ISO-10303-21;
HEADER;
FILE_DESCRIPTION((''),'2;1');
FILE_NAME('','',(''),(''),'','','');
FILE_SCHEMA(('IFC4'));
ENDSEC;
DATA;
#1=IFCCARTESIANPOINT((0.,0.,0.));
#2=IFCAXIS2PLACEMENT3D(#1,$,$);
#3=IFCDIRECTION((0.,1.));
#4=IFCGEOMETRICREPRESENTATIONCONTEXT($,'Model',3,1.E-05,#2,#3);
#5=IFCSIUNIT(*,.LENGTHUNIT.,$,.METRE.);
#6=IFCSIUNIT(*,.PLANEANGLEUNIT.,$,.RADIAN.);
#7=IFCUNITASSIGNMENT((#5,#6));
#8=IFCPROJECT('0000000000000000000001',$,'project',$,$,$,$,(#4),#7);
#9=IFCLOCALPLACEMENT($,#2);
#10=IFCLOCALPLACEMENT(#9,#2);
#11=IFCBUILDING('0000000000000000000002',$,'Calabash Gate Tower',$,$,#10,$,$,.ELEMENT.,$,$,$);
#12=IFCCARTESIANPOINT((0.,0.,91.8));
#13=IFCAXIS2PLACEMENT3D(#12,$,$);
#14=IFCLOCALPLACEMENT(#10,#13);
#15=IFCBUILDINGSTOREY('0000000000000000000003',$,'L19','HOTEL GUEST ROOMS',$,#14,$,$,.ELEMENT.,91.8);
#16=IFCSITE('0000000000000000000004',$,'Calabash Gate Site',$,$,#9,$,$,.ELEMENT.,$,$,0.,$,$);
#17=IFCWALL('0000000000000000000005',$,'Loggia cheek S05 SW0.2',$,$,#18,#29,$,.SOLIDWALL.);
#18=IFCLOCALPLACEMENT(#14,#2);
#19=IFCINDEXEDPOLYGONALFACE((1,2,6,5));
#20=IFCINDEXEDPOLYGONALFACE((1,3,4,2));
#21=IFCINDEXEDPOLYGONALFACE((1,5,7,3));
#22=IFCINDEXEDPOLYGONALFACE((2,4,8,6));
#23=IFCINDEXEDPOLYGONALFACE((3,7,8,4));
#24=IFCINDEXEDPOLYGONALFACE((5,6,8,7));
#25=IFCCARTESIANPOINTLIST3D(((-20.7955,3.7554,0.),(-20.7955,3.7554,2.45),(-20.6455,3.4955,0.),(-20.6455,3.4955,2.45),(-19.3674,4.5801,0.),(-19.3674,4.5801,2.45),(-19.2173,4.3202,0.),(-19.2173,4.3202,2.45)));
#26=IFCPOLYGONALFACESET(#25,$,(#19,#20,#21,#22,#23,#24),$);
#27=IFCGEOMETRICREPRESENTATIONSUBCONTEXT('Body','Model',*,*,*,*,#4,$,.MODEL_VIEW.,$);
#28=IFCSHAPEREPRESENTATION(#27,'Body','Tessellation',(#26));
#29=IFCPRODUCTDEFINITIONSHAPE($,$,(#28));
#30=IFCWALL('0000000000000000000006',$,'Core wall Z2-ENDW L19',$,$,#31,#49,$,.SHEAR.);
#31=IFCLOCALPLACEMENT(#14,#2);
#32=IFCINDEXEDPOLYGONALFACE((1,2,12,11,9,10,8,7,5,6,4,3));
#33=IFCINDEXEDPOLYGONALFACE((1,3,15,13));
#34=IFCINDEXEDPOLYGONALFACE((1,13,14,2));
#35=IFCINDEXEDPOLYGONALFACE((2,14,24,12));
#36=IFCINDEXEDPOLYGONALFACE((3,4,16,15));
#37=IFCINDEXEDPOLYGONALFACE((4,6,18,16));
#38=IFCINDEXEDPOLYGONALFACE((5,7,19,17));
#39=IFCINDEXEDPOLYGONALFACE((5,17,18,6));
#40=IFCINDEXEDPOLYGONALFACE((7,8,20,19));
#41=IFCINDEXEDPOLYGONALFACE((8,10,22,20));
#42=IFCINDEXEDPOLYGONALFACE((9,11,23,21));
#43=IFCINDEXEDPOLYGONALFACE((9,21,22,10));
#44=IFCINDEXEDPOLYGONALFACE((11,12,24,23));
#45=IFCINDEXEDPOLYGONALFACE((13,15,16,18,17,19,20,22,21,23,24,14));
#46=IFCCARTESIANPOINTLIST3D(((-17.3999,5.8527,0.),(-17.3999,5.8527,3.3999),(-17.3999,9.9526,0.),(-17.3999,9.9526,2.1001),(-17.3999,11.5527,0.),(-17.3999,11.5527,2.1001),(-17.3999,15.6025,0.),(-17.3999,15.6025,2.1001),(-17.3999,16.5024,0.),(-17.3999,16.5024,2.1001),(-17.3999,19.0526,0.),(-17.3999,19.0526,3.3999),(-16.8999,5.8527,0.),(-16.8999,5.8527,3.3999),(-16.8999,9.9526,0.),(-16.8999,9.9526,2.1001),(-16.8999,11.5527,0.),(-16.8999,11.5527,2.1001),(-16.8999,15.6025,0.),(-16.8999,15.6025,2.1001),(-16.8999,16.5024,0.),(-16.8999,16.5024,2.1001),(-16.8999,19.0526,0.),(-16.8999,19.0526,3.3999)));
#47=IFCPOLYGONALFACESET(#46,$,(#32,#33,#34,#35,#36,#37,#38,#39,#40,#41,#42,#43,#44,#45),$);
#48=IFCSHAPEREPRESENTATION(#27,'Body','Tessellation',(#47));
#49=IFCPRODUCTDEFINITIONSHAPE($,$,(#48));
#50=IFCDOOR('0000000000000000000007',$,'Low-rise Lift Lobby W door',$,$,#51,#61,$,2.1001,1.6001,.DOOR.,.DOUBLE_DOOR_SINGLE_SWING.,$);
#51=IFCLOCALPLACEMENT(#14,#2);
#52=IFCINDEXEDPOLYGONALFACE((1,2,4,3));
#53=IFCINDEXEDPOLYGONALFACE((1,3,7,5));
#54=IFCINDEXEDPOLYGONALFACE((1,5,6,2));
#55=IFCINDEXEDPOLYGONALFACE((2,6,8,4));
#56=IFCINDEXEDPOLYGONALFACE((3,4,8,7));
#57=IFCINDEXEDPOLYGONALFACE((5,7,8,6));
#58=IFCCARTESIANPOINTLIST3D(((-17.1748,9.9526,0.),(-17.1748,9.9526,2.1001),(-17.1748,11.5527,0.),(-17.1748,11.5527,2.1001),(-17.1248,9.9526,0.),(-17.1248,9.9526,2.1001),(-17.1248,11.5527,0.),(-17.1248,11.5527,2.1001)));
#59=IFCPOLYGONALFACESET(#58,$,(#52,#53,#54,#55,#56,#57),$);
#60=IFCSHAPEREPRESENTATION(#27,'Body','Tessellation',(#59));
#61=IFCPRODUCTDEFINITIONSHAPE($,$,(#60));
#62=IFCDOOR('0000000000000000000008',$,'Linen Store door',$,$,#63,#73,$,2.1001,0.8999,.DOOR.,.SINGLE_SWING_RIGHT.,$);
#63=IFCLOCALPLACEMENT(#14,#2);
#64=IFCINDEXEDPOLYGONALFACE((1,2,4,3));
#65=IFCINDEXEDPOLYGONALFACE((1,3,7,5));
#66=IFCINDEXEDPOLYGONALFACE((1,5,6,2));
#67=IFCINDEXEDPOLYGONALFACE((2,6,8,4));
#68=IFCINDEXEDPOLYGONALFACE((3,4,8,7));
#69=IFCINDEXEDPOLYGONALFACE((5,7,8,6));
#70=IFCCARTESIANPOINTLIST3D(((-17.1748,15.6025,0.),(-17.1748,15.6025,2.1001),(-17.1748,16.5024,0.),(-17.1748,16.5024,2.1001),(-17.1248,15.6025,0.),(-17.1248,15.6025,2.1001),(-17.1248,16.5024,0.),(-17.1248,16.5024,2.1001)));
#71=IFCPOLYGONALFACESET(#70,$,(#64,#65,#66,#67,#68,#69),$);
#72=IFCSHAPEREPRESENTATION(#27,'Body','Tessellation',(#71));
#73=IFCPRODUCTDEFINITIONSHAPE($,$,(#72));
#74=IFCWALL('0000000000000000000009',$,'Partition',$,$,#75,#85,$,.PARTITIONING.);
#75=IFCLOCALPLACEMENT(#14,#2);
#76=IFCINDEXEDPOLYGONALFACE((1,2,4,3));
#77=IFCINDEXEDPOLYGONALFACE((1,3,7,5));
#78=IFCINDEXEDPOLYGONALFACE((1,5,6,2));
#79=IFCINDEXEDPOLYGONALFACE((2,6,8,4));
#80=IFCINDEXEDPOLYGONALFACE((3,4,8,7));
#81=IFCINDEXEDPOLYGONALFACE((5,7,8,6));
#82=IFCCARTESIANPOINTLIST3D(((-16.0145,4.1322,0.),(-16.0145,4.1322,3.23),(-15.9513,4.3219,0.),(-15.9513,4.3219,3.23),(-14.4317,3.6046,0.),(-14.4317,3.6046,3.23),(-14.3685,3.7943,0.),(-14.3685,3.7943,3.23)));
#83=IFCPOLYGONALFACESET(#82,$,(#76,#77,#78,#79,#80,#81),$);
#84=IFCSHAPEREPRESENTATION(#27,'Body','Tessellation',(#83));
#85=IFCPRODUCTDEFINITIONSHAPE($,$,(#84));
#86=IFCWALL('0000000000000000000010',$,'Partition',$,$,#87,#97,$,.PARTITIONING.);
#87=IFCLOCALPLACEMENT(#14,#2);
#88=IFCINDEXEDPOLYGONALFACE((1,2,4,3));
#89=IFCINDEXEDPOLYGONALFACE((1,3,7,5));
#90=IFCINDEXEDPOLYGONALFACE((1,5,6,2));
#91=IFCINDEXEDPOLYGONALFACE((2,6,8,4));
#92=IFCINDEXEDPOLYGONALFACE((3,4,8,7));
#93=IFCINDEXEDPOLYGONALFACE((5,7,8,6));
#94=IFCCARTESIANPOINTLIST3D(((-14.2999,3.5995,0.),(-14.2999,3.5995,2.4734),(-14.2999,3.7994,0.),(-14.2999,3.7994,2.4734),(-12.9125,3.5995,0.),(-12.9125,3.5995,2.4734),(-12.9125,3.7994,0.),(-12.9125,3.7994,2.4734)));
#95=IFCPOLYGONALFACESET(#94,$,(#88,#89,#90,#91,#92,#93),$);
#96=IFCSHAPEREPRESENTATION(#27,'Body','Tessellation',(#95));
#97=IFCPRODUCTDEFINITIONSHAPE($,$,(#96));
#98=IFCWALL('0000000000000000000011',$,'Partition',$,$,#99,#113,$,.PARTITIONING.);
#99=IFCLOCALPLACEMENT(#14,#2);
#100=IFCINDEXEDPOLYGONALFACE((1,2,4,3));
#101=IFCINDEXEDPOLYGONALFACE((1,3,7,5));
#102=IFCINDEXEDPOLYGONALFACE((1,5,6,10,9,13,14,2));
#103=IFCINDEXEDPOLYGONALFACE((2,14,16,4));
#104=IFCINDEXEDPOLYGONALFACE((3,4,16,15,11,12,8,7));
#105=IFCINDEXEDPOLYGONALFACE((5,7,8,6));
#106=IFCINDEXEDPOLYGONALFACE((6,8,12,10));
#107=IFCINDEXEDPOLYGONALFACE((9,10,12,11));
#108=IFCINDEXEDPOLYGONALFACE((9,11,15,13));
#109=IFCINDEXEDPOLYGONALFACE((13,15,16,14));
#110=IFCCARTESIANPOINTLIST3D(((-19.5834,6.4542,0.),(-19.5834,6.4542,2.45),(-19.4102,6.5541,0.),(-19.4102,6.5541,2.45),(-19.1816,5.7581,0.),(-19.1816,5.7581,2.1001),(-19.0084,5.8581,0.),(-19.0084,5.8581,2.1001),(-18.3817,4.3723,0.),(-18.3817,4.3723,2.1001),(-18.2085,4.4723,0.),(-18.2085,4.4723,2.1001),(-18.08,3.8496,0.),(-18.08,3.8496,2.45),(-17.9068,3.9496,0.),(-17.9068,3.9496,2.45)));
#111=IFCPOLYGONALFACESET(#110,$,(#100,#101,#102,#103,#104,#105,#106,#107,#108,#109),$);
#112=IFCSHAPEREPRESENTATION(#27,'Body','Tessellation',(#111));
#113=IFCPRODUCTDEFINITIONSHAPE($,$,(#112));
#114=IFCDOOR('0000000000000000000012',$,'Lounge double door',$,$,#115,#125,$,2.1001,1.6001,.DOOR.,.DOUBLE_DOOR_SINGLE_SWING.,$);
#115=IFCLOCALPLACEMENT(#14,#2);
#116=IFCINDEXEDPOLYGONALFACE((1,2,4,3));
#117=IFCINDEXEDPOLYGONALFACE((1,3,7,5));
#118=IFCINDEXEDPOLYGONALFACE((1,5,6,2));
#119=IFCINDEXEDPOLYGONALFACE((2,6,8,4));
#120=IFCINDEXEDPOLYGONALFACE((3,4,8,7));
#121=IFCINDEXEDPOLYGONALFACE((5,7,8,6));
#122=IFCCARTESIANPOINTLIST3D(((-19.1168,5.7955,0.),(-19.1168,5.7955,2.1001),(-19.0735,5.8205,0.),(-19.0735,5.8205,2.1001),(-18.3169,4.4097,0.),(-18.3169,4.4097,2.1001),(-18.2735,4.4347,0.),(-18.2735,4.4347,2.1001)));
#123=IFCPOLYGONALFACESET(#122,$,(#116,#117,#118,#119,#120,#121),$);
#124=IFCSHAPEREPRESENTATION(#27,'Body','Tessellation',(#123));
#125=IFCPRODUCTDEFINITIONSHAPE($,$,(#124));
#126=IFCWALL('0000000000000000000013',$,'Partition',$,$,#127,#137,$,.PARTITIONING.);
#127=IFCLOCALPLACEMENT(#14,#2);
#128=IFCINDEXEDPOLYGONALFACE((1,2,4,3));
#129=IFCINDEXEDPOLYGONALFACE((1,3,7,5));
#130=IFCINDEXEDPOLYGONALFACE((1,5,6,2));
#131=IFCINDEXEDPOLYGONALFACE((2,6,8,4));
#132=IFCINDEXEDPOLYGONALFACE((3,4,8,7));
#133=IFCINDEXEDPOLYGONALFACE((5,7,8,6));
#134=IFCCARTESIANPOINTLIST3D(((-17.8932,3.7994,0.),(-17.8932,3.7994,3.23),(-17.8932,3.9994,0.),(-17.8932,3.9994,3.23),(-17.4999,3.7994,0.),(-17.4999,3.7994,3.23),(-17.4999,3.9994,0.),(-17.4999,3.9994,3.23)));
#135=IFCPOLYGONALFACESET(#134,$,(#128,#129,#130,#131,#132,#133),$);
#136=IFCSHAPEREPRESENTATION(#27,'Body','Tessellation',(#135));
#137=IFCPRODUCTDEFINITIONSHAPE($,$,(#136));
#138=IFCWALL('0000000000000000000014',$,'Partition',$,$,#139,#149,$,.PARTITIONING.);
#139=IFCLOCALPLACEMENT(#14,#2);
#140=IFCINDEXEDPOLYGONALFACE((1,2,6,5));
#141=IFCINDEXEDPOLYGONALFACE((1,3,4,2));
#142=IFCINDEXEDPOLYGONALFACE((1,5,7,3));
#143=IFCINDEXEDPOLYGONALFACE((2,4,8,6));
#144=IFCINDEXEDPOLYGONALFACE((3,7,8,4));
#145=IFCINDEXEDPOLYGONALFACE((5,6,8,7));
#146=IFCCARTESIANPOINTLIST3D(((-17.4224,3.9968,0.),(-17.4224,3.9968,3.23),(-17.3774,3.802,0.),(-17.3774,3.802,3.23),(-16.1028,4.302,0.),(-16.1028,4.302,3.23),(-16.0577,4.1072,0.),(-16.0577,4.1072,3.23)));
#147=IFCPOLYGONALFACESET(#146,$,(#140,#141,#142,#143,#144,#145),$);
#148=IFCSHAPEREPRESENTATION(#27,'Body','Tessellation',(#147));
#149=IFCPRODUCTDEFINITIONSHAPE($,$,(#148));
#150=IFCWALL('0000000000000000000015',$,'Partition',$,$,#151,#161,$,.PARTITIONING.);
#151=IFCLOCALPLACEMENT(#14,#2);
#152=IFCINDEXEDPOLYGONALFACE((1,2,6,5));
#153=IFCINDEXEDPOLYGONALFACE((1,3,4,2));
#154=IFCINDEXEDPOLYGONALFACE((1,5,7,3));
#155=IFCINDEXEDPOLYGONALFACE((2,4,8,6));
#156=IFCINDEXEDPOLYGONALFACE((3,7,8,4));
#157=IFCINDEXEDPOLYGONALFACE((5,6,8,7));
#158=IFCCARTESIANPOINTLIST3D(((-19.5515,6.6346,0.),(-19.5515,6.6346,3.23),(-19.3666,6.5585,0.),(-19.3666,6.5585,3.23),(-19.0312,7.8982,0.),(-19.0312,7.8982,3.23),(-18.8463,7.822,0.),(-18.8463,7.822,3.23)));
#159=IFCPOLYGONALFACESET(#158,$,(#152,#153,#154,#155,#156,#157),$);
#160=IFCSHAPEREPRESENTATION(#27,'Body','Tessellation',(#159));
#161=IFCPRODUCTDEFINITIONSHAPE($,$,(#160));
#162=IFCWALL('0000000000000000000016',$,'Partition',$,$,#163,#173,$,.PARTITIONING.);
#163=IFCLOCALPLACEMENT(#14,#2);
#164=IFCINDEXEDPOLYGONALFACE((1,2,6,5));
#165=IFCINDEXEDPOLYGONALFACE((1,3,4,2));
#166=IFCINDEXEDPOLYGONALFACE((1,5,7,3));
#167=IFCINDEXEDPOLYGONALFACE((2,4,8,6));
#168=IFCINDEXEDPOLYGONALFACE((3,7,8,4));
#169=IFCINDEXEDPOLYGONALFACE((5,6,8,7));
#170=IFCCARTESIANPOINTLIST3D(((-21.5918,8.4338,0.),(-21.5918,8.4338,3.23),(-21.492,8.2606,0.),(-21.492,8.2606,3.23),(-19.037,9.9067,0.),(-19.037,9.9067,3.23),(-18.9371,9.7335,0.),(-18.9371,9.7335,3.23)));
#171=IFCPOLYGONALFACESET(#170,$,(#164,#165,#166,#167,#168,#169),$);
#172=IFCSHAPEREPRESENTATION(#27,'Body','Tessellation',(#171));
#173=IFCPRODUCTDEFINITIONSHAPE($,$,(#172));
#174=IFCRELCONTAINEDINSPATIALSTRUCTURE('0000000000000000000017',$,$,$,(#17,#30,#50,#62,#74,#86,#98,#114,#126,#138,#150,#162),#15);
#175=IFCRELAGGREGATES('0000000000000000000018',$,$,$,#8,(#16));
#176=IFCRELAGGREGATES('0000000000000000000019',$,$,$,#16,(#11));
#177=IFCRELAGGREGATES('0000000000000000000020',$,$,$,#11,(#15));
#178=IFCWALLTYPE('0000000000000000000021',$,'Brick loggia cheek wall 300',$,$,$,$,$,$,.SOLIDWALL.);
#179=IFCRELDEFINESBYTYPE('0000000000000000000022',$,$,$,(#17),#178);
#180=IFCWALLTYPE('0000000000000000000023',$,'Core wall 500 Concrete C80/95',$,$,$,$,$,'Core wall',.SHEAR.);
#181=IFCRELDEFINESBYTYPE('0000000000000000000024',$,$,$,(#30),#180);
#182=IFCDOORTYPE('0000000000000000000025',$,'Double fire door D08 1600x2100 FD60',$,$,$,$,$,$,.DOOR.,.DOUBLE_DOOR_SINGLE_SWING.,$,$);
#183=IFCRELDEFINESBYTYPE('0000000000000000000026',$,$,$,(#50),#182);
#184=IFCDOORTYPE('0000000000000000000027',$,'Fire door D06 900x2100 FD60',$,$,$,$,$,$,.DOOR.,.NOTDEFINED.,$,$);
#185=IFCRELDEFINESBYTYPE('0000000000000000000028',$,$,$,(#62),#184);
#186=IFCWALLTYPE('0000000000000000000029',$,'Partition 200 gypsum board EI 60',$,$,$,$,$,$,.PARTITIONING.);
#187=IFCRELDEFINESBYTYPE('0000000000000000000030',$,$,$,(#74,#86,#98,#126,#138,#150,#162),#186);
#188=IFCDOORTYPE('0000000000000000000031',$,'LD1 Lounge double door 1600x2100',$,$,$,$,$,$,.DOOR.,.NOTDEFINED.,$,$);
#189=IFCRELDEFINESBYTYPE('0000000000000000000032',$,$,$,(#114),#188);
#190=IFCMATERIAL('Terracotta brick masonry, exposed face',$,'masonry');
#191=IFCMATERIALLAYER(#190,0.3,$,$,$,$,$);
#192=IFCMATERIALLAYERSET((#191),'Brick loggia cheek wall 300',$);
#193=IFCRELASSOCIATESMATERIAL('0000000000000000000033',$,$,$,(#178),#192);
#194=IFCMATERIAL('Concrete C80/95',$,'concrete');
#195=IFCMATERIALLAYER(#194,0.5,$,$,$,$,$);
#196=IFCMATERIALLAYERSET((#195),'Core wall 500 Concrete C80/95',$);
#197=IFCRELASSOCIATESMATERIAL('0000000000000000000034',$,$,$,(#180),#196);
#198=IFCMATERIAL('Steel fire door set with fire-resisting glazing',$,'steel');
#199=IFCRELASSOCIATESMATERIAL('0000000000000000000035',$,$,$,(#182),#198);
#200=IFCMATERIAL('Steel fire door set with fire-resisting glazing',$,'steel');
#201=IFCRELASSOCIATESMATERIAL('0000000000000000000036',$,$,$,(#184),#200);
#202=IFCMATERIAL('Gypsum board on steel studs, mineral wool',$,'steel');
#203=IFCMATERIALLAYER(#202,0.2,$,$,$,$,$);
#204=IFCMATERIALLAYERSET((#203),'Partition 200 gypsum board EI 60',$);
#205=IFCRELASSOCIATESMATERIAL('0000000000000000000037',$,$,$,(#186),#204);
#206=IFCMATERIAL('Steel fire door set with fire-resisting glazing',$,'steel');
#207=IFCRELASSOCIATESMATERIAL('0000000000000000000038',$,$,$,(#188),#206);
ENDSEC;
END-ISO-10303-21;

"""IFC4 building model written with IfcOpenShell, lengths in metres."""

from ifc_helpers import new_model, si_unit, direction, frame, frame_2d, origin, place, context, subcontext, project, spatial, rectangle, extrude, material, layer, layer_set, type_object, element, fill, save


model = new_model("IFC4")

# Units and contexts
model_context = context("Model", 3, precision=1e-05, world=origin(), true_north=direction((0.0, 1.0)))
body_context = subcontext(model_context, "Body", "Model", "MODEL_VIEW")
ifc_project = project(units=[si_unit("LENGTHUNIT", "METRE"), si_unit("PLANEANGLEUNIT", "RADIAN")], contexts=[model_context])

# Site, building, storey
site_placement = place(None, origin())
site = spatial("IfcSite", under=ifc_project, at=site_placement, Name="Calabash Gate Site", CompositionType="ELEMENT", RefElevation=0.0)
building_placement = place(site_placement, origin())
building = spatial("IfcBuilding", under=site, at=building_placement, Name="Calabash Gate Tower", CompositionType="ELEMENT")
storey_placement = place(building_placement, frame((0.0, 0.0, 91.8)))
storey = spatial("IfcBuildingStorey", under=building, at=storey_placement, Name="L19", Description="HOTEL GUEST ROOMS", CompositionType="ELEMENT", Elevation=91.8)

# Wall
ifc_material_1 = material(Name="Terracotta brick masonry, exposed face", Category="masonry")
ifc_layer_1 = layer(ifc_material_1, 0.3)
ifc_layer_set_1 = layer_set([ifc_layer_1], Name="Brick loggia cheek wall 300")
wall_type_1 = type_object("IfcWallType", Name="Brick loggia cheek wall 300", PredefinedType="SOLIDWALL", material=ifc_layer_set_1)
wall_1_placement = place(storey_placement, frame((-19.2922, 4.4502, 0.0), z_axis=(0.0, 0.0, 1.0), x_axis=(-0.865993, -0.500056, 0.0)))
element("IfcWall", 1, at=wall_1_placement, inside=storey, type_object=wall_type_1, Name="Loggia cheek S05 SW0.2", PredefinedType="SOLIDWALL", context=body_context, shape_type="SweptSolid", body=[
    extrude(rectangle(XDim=1.6492, YDim=0.3, at=frame_2d((0.8247, 0.0))), origin(), (0.0, 0.0, 1.0), 2.45),
])

# Wall, openings, doors
ifc_material_2 = material(Name="Concrete C80/95", Category="concrete")
ifc_layer_2 = layer(ifc_material_2, 0.5)
ifc_layer_set_2 = layer_set([ifc_layer_2], Name="Core wall 500 Concrete C80/95")
wall_type_2 = type_object("IfcWallType", Name="Core wall 500 Concrete C80/95", ElementType="Core wall", PredefinedType="SHEAR", material=ifc_layer_set_2)
wall_2_placement = place(storey_placement, frame((-17.1499, 5.8525, 0.0), z_axis=(0.0, 0.0, 1.0), x_axis=(0.0, 1.0, 0.0)))
wall_2 = element("IfcWall", 2, at=wall_2_placement, inside=storey, type_object=wall_type_2, Name="Core wall Z2-ENDW L19", PredefinedType="SHEAR", context=body_context, shape_type="SweptSolid", body=[
    extrude(rectangle(XDim=13.2, YDim=0.5, at=frame_2d((6.6001, 0.0))), origin(), (0.0, 0.0, 1.0), 3.3999),
])
opening_1_placement = place(wall_2_placement, frame((4.1001, 0.0, 0.0)))
opening_1 = element("IfcOpeningElement", 3, at=opening_1_placement, cuts=wall_2, PredefinedType="OPENING", context=body_context, shape_type="SweptSolid", body=[
    extrude(rectangle(XDim=1.6001, YDim=2.1001, at=frame_2d((0.8, 1.05))), frame((0.0, 0.26, 0.0), z_axis=(0.0, -1.0, 0.0), x_axis=(1.0, 0.0, 0.0)), (0.0, 0.0, 1.0), 0.52),
])
opening_2_placement = place(wall_2_placement, frame((9.75, 0.0, 0.0)))
opening_2 = element("IfcOpeningElement", 4, at=opening_2_placement, cuts=wall_2, PredefinedType="OPENING", context=body_context, shape_type="SweptSolid", body=[
    extrude(rectangle(XDim=0.8999, YDim=2.1001, at=frame_2d((0.45, 1.05))), frame((0.0, 0.26, 0.0), z_axis=(0.0, -1.0, 0.0), x_axis=(1.0, 0.0, 0.0)), (0.0, 0.0, 1.0), 0.52),
])
ifc_material_3 = material(Name="Steel fire door set with fire-resisting glazing", Category="steel")
door_type_1 = type_object("IfcDoorType", Name="Double fire door D08 1600x2100 FD60", OperationType="DOUBLE_DOOR_SINGLE_SWING", PredefinedType="DOOR", material=ifc_material_3)
door_1_placement = place(opening_1_placement, origin())
door_1 = element("IfcDoor", 5, at=door_1_placement, inside=storey, type_object=door_type_1, Name="Low-rise Lift Lobby W door", OperationType="DOUBLE_DOOR_SINGLE_SWING", OverallHeight=2.1001, OverallWidth=1.6001, PredefinedType="DOOR", context=body_context, shape_type="SweptSolid", body=[
    extrude(rectangle(XDim=1.6001, YDim=2.1001, at=frame_2d((0.8, 1.05))), frame((0.0, 0.0249, 0.0), z_axis=(0.0, -1.0, 0.0), x_axis=(1.0, 0.0, 0.0)), (0.0, 0.0, 1.0), 0.05),
])
fill(opening_1, door_1)
ifc_material_4 = material(Name="Steel fire door set with fire-resisting glazing", Category="steel")
door_type_2 = type_object("IfcDoorType", Name="Fire door D06 900x2100 FD60", OperationType="NOTDEFINED", PredefinedType="DOOR", material=ifc_material_4)
door_2_placement = place(opening_2_placement, origin())
door_2 = element("IfcDoor", 6, at=door_2_placement, inside=storey, type_object=door_type_2, Name="Linen Store door", OperationType="SINGLE_SWING_RIGHT", OverallHeight=2.1001, OverallWidth=0.8999, PredefinedType="DOOR", context=body_context, shape_type="SweptSolid", body=[
    extrude(rectangle(XDim=0.8999, YDim=2.1001, at=frame_2d((0.45, 1.05))), frame((0.0, 0.0249, 0.0), z_axis=(0.0, -1.0, 0.0), x_axis=(1.0, 0.0, 0.0)), (0.0, 0.0, 1.0), 0.05),
])
fill(opening_2, door_2)

# Walls
ifc_material_5 = material(Name="Gypsum board on steel studs, mineral wool", Category="steel")
ifc_layer_3 = layer(ifc_material_5, 0.2)
ifc_layer_set_3 = layer_set([ifc_layer_3], Name="Partition 200 gypsum board EI 60")
wall_type_3 = type_object("IfcWallType", Name="Partition 200 gypsum board EI 60", PredefinedType="PARTITIONING", material=ifc_layer_set_3)
wall_3_placement = place(storey_placement, frame((-15.9829, 4.2271, 0.0), z_axis=(0.0, 0.0, 1.0), x_axis=(0.948683, -0.316228, 0.0)))
element("IfcWall", 7, at=wall_3_placement, inside=storey, type_object=wall_type_3, Name="Partition", PredefinedType="PARTITIONING", context=body_context, shape_type="SweptSolid", body=[
    extrude(rectangle(XDim=1.6685, YDim=0.2, at=frame_2d((0.8342, 0.0))), origin(), (0.0, 0.0, 1.0), 3.23),
])
wall_4_placement = place(storey_placement, frame((-14.3, 3.6995, 0.0), z_axis=(0.0, 0.0, 1.0), x_axis=(1.0, 0.0, 0.0)))
element("IfcWall", 8, at=wall_4_placement, inside=storey, type_object=wall_type_3, Name="Partition", PredefinedType="PARTITIONING", context=body_context, shape_type="SweptSolid", body=[
    extrude(rectangle(XDim=1.3875, YDim=0.2, at=frame_2d((0.6938, 0.0))), origin(), (0.0, 0.0, 1.0), 2.4734),
])

# Wall, opening, door
wall_5_placement = place(storey_placement, frame((-19.4968, 6.5042, 0.0), z_axis=(0.0, 0.0, 1.0), x_axis=(0.499929, -0.866067, 0.0)))
wall_5 = element("IfcWall", 9, at=wall_5_placement, inside=storey, type_object=wall_type_3, Name="Partition", PredefinedType="PARTITIONING", context=body_context, shape_type="SweptSolid", body=[
    extrude(rectangle(XDim=3.0073, YDim=0.2, at=frame_2d((1.5037, 0.0))), origin(), (0.0, 0.0, 1.0), 2.45),
])
opening_3_placement = place(wall_5_placement, frame((0.8037, 0.0, 0.0)))
opening_3 = element("IfcOpeningElement", 10, at=opening_3_placement, cuts=wall_5, PredefinedType="OPENING", context=body_context, shape_type="SweptSolid", body=[
    extrude(rectangle(XDim=1.6001, YDim=2.1001, at=frame_2d((0.8, 1.05))), frame((0.0, 0.1099, 0.0), z_axis=(0.0, -1.0, 0.0), x_axis=(1.0, 0.0, 0.0)), (0.0, 0.0, 1.0), 0.22),
])
ifc_material_6 = material(Name="Steel fire door set with fire-resisting glazing", Category="steel")
door_type_3 = type_object("IfcDoorType", Name="LD1 Lounge double door 1600x2100", OperationType="NOTDEFINED", PredefinedType="DOOR", material=ifc_material_6)
door_3_placement = place(opening_3_placement, origin())
door_3 = element("IfcDoor", 11, at=door_3_placement, inside=storey, type_object=door_type_3, Name="Lounge double door", OperationType="DOUBLE_DOOR_SINGLE_SWING", OverallHeight=2.1001, OverallWidth=1.6001, PredefinedType="DOOR", context=body_context, shape_type="SweptSolid", body=[
    extrude(rectangle(XDim=1.6001, YDim=2.1001, at=frame_2d((0.8, 1.05))), frame((0.0, 0.0249, 0.0), z_axis=(0.0, -1.0, 0.0), x_axis=(1.0, 0.0, 0.0)), (0.0, 0.0, 1.0), 0.05),
])
fill(opening_3, door_3)

# Walls
wall_6_placement = place(storey_placement, frame((-17.8933, 3.8994, 0.0), z_axis=(0.0, 0.0, 1.0), x_axis=(1.0, 0.0, 0.0)))
element("IfcWall", 12, at=wall_6_placement, inside=storey, type_object=wall_type_3, Name="Partition", PredefinedType="PARTITIONING", context=body_context, shape_type="SweptSolid", body=[
    extrude(rectangle(XDim=0.3933, YDim=0.2, at=frame_2d((0.1968, 0.0))), origin(), (0.0, 0.0, 1.0), 3.23),
])
wall_7_placement = place(storey_placement, frame((-17.3999, 3.8994, 0.0), z_axis=(0.0, 0.0, 1.0), x_axis=(0.974285, 0.22532, 0.0)))
element("IfcWall", 13, at=wall_7_placement, inside=storey, type_object=wall_type_3, Name="Partition", PredefinedType="PARTITIONING", context=body_context, shape_type="SweptSolid", body=[
    extrude(rectangle(XDim=1.3545, YDim=0.2, at=frame_2d((0.6772, 0.0))), origin(), (0.0, 0.0, 1.0), 3.23),
])
wall_8_placement = place(storey_placement, frame((-19.459, 6.5967, 0.0), z_axis=(0.0, 0.0, 1.0), x_axis=(0.380768, 0.924671, 0.0)))
element("IfcWall", 14, at=wall_8_placement, inside=storey, type_object=wall_type_3, Name="Partition", PredefinedType="PARTITIONING", context=body_context, shape_type="SweptSolid", body=[
    extrude(rectangle(XDim=1.3665, YDim=0.2, at=frame_2d((0.6831, 0.0))), origin(), (0.0, 0.0, 1.0), 3.23),
])
wall_9_placement = place(storey_placement, frame((-21.542, 8.3472, 0.0), z_axis=(0.0, 0.0, 1.0), x_axis=(0.866347, 0.499443, 0.0)))
element("IfcWall", 15, at=wall_9_placement, inside=storey, type_object=wall_type_3, Name="Partition", PredefinedType="PARTITIONING", context=body_context, shape_type="SweptSolid", body=[
    extrude(rectangle(XDim=2.949, YDim=0.2, at=frame_2d((1.4746, 0.0))), origin(), (0.0, 0.0, 1.0), 3.23),
])

save(model, "model.ifc")
